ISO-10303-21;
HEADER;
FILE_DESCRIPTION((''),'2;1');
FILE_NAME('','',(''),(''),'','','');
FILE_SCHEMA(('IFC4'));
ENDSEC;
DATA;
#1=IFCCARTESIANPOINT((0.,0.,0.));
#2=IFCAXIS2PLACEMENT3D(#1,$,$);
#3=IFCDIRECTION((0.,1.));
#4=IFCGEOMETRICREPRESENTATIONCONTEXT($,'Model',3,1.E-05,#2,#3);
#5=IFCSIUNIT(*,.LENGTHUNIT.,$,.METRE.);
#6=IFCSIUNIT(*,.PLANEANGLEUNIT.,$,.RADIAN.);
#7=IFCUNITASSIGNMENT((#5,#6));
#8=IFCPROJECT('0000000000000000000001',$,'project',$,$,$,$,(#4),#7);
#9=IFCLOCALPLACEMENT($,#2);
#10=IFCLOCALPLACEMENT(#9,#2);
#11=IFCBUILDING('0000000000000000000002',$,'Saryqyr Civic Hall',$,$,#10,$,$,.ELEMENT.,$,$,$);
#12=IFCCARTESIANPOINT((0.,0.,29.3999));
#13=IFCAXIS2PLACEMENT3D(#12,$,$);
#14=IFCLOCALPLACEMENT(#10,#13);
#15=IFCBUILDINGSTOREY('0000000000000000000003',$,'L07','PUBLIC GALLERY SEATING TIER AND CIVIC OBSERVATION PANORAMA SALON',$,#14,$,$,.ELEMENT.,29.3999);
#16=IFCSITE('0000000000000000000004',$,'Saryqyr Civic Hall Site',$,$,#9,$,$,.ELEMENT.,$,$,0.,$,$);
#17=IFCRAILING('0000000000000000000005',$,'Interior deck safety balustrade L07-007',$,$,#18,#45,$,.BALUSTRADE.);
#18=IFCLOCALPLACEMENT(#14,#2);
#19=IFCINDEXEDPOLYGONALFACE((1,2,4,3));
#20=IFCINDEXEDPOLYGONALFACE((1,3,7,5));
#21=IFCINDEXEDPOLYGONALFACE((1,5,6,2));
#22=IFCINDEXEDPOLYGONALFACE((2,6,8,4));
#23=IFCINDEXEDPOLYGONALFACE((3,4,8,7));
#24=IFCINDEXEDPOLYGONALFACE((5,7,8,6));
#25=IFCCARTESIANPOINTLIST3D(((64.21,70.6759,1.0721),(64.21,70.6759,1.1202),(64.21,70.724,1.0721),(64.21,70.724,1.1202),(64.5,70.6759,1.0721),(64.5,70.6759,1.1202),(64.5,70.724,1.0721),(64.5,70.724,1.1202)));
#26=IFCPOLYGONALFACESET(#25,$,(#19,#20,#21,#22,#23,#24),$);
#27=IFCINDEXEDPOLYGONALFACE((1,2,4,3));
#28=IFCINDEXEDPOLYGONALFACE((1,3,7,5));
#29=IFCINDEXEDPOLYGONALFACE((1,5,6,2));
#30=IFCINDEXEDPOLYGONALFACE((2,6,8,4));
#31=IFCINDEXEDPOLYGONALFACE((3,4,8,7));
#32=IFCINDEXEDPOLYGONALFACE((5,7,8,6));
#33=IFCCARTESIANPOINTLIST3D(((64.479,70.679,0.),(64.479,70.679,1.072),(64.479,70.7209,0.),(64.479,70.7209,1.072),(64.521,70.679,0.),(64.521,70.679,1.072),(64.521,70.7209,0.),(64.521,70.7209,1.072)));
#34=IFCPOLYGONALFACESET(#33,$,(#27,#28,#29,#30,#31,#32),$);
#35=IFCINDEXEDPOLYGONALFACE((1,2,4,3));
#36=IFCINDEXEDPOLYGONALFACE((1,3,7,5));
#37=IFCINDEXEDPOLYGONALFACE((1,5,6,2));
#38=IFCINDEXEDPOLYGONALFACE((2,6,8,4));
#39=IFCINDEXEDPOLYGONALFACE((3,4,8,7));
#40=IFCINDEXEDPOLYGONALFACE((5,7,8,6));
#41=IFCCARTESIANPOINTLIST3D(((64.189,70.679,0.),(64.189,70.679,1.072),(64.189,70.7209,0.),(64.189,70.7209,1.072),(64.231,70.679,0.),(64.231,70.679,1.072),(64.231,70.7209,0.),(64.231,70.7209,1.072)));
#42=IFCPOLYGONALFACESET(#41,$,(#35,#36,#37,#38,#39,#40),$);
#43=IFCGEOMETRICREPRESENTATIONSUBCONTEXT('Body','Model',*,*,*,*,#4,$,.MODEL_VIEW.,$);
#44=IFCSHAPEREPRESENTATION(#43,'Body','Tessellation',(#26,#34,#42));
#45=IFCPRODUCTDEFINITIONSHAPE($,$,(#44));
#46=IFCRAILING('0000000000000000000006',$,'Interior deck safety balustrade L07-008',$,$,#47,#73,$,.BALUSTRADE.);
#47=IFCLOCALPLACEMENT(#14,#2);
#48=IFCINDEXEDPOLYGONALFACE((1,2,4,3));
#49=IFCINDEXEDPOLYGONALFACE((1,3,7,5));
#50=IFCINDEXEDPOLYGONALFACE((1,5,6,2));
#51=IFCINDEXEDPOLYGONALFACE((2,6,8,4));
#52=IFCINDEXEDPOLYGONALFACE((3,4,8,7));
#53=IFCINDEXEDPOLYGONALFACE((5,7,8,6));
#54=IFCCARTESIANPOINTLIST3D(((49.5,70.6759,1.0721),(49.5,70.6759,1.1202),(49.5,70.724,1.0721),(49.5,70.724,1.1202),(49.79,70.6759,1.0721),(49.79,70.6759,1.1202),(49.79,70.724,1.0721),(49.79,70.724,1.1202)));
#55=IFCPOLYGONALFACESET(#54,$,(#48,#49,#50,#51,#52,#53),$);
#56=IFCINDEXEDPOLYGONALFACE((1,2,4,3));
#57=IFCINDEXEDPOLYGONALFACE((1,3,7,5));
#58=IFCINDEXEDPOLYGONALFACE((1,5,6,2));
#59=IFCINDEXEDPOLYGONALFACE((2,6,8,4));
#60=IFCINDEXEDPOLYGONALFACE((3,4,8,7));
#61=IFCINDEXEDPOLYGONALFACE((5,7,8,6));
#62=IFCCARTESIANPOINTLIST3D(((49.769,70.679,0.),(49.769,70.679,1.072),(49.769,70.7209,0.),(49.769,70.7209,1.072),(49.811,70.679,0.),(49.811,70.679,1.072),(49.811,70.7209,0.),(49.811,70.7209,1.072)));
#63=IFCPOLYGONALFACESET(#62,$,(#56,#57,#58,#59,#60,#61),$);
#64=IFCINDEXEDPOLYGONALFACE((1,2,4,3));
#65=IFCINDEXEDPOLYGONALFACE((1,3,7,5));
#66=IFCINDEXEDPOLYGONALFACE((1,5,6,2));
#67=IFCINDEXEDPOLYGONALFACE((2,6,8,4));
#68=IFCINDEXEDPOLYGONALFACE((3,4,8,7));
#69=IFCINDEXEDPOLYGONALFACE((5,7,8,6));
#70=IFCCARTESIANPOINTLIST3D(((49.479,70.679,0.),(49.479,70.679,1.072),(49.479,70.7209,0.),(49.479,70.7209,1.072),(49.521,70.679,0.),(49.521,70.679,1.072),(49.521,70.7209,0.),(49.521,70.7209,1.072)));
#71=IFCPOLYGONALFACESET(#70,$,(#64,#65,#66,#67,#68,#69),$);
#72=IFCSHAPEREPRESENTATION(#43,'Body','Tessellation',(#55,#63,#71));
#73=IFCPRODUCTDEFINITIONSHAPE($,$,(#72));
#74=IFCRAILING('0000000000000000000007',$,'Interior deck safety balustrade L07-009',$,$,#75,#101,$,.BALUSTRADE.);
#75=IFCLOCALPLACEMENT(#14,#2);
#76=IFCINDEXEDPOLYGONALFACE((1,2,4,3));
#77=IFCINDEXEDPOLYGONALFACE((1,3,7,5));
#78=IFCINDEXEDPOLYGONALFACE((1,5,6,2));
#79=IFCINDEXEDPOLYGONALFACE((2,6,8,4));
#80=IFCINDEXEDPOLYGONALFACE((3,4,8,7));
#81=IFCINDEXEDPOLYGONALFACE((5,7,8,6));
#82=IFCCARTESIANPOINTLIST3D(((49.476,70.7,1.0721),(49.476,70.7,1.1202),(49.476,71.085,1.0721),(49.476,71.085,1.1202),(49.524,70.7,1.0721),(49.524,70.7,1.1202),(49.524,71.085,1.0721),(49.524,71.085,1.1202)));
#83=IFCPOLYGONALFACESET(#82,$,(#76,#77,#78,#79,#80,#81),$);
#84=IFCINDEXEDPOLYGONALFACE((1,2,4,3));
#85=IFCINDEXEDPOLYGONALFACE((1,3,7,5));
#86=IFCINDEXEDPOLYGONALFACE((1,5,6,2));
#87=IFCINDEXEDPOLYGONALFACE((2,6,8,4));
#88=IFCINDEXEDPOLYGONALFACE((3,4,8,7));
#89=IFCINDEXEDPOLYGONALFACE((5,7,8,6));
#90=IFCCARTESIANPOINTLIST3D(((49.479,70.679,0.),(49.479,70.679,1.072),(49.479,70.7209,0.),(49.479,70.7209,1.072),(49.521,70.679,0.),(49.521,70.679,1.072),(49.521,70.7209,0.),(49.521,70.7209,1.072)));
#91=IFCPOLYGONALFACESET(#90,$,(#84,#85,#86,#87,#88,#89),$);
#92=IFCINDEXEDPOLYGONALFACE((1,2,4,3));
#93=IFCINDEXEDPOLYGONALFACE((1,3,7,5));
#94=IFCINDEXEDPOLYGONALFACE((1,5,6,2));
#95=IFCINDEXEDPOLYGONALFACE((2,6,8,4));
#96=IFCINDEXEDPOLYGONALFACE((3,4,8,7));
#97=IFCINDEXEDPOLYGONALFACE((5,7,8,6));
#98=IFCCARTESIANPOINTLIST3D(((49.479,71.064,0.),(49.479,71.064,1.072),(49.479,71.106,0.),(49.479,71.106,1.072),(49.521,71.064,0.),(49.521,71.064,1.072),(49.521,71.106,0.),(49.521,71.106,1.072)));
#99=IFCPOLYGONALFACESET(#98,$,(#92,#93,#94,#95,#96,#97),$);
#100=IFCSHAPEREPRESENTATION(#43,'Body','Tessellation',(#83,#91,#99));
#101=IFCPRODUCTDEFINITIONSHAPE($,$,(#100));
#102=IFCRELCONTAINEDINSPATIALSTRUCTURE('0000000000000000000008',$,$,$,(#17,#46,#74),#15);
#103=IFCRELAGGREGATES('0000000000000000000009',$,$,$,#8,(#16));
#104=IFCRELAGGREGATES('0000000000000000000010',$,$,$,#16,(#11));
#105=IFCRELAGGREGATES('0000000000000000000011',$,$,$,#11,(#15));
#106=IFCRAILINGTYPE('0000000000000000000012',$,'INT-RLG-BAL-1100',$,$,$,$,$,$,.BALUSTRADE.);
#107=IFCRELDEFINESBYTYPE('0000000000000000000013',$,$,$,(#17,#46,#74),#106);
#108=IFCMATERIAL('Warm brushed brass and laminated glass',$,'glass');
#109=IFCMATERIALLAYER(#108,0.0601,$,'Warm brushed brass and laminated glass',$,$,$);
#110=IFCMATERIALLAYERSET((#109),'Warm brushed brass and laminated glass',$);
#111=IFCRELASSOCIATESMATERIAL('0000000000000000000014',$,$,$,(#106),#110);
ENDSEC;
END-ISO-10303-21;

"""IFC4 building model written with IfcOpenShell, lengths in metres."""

from ifc_helpers import new_model, si_unit, direction, frame, origin, origin_2d, place, context, subcontext, project, spatial, rectangle, extrude, material, layer, layer_set, type_object, element, save


model = new_model("IFC4")

# Units and contexts
model_context = context("Model", 3, precision=1e-05, world=origin(), true_north=direction((0.0, 1.0)))
body_context = subcontext(model_context, "Body", "Model", "MODEL_VIEW")
ifc_project = project(units=[si_unit("LENGTHUNIT", "METRE"), si_unit("PLANEANGLEUNIT", "RADIAN")], contexts=[model_context])

# Site, building, storey
site_placement = place(None, origin())
site = spatial("IfcSite", under=ifc_project, at=site_placement, Name="Saryqyr Civic Hall Site", CompositionType="ELEMENT", RefElevation=0.0)
building_placement = place(site_placement, origin())
building = spatial("IfcBuilding", under=site, at=building_placement, Name="Saryqyr Civic Hall", CompositionType="ELEMENT")
storey_placement = place(building_placement, frame((0.0, 0.0, 29.3999)))
storey = spatial("IfcBuildingStorey", under=building, at=storey_placement, Name="L07", Description="PUBLIC GALLERY SEATING TIER AND CIVIC OBSERVATION PANORAMA SALON", CompositionType="ELEMENT", Elevation=29.3999)

# Railings
ifc_material_1 = material(Name="Warm brushed brass and laminated glass", Category="glass")
ifc_layer_1 = layer(ifc_material_1, 0.0601, Name="Warm brushed brass and laminated glass")
ifc_layer_set_1 = layer_set([ifc_layer_1], Name="Warm brushed brass and laminated glass")
railing_type_1 = type_object("IfcRailingType", Name="INT-RLG-BAL-1100", PredefinedType="BALUSTRADE", material=ifc_layer_set_1)
for number, where, name in (
    (1, (64.5, 70.7, 0.0), "Interior deck safety balustrade L07-007"),
    (2, (49.79, 70.7, 0.0), "Interior deck safety balustrade L07-008"),
):
    element("IfcRailing", number, at=place(storey_placement, frame(where)), inside=storey, type_object=railing_type_1, Name=name, PredefinedType="BALUSTRADE", context=body_context, shape_type="SweptSolid", body=[
        extrude(rectangle(XDim=0.0481, YDim=0.0481, at=origin_2d()), frame((0.0, 0.0, 1.0962), z_axis=(-1.0, 0.0, 0.0), x_axis=(0.0, -1.0, 0.0)), (0.0, 0.0, 1.0), 0.29),
        extrude(rectangle(XDim=0.042, YDim=0.042, at=origin_2d()), origin(), (0.0, 0.0, 1.0), 1.072),
        extrude(rectangle(XDim=0.042, YDim=0.042, at=origin_2d()), frame((-0.29, 0.0, 0.0)), (0.0, 0.0, 1.0), 1.072),
    ])
railing_1_placement = place(storey_placement, frame((49.5, 70.7, 0.0)))
element("IfcRailing", 3, at=railing_1_placement, inside=storey, type_object=railing_type_1, Name="Interior deck safety balustrade L07-009", PredefinedType="BALUSTRADE", context=body_context, shape_type="SweptSolid", body=[
    extrude(rectangle(XDim=0.0481, YDim=0.0481, at=origin_2d()), frame((0.0, 0.0, 1.0962), z_axis=(0.0, 1.0, 0.0), x_axis=(-1.0, 0.0, 0.0)), (0.0, 0.0, 1.0), 0.385),
    extrude(rectangle(XDim=0.042, YDim=0.042, at=origin_2d()), origin(), (0.0, 0.0, 1.0), 1.072),
    extrude(rectangle(XDim=0.042, YDim=0.042, at=origin_2d()), frame((0.0, 0.385, 0.0)), (0.0, 0.0, 1.0), 1.072),
])

save(model, "model.ifc")
